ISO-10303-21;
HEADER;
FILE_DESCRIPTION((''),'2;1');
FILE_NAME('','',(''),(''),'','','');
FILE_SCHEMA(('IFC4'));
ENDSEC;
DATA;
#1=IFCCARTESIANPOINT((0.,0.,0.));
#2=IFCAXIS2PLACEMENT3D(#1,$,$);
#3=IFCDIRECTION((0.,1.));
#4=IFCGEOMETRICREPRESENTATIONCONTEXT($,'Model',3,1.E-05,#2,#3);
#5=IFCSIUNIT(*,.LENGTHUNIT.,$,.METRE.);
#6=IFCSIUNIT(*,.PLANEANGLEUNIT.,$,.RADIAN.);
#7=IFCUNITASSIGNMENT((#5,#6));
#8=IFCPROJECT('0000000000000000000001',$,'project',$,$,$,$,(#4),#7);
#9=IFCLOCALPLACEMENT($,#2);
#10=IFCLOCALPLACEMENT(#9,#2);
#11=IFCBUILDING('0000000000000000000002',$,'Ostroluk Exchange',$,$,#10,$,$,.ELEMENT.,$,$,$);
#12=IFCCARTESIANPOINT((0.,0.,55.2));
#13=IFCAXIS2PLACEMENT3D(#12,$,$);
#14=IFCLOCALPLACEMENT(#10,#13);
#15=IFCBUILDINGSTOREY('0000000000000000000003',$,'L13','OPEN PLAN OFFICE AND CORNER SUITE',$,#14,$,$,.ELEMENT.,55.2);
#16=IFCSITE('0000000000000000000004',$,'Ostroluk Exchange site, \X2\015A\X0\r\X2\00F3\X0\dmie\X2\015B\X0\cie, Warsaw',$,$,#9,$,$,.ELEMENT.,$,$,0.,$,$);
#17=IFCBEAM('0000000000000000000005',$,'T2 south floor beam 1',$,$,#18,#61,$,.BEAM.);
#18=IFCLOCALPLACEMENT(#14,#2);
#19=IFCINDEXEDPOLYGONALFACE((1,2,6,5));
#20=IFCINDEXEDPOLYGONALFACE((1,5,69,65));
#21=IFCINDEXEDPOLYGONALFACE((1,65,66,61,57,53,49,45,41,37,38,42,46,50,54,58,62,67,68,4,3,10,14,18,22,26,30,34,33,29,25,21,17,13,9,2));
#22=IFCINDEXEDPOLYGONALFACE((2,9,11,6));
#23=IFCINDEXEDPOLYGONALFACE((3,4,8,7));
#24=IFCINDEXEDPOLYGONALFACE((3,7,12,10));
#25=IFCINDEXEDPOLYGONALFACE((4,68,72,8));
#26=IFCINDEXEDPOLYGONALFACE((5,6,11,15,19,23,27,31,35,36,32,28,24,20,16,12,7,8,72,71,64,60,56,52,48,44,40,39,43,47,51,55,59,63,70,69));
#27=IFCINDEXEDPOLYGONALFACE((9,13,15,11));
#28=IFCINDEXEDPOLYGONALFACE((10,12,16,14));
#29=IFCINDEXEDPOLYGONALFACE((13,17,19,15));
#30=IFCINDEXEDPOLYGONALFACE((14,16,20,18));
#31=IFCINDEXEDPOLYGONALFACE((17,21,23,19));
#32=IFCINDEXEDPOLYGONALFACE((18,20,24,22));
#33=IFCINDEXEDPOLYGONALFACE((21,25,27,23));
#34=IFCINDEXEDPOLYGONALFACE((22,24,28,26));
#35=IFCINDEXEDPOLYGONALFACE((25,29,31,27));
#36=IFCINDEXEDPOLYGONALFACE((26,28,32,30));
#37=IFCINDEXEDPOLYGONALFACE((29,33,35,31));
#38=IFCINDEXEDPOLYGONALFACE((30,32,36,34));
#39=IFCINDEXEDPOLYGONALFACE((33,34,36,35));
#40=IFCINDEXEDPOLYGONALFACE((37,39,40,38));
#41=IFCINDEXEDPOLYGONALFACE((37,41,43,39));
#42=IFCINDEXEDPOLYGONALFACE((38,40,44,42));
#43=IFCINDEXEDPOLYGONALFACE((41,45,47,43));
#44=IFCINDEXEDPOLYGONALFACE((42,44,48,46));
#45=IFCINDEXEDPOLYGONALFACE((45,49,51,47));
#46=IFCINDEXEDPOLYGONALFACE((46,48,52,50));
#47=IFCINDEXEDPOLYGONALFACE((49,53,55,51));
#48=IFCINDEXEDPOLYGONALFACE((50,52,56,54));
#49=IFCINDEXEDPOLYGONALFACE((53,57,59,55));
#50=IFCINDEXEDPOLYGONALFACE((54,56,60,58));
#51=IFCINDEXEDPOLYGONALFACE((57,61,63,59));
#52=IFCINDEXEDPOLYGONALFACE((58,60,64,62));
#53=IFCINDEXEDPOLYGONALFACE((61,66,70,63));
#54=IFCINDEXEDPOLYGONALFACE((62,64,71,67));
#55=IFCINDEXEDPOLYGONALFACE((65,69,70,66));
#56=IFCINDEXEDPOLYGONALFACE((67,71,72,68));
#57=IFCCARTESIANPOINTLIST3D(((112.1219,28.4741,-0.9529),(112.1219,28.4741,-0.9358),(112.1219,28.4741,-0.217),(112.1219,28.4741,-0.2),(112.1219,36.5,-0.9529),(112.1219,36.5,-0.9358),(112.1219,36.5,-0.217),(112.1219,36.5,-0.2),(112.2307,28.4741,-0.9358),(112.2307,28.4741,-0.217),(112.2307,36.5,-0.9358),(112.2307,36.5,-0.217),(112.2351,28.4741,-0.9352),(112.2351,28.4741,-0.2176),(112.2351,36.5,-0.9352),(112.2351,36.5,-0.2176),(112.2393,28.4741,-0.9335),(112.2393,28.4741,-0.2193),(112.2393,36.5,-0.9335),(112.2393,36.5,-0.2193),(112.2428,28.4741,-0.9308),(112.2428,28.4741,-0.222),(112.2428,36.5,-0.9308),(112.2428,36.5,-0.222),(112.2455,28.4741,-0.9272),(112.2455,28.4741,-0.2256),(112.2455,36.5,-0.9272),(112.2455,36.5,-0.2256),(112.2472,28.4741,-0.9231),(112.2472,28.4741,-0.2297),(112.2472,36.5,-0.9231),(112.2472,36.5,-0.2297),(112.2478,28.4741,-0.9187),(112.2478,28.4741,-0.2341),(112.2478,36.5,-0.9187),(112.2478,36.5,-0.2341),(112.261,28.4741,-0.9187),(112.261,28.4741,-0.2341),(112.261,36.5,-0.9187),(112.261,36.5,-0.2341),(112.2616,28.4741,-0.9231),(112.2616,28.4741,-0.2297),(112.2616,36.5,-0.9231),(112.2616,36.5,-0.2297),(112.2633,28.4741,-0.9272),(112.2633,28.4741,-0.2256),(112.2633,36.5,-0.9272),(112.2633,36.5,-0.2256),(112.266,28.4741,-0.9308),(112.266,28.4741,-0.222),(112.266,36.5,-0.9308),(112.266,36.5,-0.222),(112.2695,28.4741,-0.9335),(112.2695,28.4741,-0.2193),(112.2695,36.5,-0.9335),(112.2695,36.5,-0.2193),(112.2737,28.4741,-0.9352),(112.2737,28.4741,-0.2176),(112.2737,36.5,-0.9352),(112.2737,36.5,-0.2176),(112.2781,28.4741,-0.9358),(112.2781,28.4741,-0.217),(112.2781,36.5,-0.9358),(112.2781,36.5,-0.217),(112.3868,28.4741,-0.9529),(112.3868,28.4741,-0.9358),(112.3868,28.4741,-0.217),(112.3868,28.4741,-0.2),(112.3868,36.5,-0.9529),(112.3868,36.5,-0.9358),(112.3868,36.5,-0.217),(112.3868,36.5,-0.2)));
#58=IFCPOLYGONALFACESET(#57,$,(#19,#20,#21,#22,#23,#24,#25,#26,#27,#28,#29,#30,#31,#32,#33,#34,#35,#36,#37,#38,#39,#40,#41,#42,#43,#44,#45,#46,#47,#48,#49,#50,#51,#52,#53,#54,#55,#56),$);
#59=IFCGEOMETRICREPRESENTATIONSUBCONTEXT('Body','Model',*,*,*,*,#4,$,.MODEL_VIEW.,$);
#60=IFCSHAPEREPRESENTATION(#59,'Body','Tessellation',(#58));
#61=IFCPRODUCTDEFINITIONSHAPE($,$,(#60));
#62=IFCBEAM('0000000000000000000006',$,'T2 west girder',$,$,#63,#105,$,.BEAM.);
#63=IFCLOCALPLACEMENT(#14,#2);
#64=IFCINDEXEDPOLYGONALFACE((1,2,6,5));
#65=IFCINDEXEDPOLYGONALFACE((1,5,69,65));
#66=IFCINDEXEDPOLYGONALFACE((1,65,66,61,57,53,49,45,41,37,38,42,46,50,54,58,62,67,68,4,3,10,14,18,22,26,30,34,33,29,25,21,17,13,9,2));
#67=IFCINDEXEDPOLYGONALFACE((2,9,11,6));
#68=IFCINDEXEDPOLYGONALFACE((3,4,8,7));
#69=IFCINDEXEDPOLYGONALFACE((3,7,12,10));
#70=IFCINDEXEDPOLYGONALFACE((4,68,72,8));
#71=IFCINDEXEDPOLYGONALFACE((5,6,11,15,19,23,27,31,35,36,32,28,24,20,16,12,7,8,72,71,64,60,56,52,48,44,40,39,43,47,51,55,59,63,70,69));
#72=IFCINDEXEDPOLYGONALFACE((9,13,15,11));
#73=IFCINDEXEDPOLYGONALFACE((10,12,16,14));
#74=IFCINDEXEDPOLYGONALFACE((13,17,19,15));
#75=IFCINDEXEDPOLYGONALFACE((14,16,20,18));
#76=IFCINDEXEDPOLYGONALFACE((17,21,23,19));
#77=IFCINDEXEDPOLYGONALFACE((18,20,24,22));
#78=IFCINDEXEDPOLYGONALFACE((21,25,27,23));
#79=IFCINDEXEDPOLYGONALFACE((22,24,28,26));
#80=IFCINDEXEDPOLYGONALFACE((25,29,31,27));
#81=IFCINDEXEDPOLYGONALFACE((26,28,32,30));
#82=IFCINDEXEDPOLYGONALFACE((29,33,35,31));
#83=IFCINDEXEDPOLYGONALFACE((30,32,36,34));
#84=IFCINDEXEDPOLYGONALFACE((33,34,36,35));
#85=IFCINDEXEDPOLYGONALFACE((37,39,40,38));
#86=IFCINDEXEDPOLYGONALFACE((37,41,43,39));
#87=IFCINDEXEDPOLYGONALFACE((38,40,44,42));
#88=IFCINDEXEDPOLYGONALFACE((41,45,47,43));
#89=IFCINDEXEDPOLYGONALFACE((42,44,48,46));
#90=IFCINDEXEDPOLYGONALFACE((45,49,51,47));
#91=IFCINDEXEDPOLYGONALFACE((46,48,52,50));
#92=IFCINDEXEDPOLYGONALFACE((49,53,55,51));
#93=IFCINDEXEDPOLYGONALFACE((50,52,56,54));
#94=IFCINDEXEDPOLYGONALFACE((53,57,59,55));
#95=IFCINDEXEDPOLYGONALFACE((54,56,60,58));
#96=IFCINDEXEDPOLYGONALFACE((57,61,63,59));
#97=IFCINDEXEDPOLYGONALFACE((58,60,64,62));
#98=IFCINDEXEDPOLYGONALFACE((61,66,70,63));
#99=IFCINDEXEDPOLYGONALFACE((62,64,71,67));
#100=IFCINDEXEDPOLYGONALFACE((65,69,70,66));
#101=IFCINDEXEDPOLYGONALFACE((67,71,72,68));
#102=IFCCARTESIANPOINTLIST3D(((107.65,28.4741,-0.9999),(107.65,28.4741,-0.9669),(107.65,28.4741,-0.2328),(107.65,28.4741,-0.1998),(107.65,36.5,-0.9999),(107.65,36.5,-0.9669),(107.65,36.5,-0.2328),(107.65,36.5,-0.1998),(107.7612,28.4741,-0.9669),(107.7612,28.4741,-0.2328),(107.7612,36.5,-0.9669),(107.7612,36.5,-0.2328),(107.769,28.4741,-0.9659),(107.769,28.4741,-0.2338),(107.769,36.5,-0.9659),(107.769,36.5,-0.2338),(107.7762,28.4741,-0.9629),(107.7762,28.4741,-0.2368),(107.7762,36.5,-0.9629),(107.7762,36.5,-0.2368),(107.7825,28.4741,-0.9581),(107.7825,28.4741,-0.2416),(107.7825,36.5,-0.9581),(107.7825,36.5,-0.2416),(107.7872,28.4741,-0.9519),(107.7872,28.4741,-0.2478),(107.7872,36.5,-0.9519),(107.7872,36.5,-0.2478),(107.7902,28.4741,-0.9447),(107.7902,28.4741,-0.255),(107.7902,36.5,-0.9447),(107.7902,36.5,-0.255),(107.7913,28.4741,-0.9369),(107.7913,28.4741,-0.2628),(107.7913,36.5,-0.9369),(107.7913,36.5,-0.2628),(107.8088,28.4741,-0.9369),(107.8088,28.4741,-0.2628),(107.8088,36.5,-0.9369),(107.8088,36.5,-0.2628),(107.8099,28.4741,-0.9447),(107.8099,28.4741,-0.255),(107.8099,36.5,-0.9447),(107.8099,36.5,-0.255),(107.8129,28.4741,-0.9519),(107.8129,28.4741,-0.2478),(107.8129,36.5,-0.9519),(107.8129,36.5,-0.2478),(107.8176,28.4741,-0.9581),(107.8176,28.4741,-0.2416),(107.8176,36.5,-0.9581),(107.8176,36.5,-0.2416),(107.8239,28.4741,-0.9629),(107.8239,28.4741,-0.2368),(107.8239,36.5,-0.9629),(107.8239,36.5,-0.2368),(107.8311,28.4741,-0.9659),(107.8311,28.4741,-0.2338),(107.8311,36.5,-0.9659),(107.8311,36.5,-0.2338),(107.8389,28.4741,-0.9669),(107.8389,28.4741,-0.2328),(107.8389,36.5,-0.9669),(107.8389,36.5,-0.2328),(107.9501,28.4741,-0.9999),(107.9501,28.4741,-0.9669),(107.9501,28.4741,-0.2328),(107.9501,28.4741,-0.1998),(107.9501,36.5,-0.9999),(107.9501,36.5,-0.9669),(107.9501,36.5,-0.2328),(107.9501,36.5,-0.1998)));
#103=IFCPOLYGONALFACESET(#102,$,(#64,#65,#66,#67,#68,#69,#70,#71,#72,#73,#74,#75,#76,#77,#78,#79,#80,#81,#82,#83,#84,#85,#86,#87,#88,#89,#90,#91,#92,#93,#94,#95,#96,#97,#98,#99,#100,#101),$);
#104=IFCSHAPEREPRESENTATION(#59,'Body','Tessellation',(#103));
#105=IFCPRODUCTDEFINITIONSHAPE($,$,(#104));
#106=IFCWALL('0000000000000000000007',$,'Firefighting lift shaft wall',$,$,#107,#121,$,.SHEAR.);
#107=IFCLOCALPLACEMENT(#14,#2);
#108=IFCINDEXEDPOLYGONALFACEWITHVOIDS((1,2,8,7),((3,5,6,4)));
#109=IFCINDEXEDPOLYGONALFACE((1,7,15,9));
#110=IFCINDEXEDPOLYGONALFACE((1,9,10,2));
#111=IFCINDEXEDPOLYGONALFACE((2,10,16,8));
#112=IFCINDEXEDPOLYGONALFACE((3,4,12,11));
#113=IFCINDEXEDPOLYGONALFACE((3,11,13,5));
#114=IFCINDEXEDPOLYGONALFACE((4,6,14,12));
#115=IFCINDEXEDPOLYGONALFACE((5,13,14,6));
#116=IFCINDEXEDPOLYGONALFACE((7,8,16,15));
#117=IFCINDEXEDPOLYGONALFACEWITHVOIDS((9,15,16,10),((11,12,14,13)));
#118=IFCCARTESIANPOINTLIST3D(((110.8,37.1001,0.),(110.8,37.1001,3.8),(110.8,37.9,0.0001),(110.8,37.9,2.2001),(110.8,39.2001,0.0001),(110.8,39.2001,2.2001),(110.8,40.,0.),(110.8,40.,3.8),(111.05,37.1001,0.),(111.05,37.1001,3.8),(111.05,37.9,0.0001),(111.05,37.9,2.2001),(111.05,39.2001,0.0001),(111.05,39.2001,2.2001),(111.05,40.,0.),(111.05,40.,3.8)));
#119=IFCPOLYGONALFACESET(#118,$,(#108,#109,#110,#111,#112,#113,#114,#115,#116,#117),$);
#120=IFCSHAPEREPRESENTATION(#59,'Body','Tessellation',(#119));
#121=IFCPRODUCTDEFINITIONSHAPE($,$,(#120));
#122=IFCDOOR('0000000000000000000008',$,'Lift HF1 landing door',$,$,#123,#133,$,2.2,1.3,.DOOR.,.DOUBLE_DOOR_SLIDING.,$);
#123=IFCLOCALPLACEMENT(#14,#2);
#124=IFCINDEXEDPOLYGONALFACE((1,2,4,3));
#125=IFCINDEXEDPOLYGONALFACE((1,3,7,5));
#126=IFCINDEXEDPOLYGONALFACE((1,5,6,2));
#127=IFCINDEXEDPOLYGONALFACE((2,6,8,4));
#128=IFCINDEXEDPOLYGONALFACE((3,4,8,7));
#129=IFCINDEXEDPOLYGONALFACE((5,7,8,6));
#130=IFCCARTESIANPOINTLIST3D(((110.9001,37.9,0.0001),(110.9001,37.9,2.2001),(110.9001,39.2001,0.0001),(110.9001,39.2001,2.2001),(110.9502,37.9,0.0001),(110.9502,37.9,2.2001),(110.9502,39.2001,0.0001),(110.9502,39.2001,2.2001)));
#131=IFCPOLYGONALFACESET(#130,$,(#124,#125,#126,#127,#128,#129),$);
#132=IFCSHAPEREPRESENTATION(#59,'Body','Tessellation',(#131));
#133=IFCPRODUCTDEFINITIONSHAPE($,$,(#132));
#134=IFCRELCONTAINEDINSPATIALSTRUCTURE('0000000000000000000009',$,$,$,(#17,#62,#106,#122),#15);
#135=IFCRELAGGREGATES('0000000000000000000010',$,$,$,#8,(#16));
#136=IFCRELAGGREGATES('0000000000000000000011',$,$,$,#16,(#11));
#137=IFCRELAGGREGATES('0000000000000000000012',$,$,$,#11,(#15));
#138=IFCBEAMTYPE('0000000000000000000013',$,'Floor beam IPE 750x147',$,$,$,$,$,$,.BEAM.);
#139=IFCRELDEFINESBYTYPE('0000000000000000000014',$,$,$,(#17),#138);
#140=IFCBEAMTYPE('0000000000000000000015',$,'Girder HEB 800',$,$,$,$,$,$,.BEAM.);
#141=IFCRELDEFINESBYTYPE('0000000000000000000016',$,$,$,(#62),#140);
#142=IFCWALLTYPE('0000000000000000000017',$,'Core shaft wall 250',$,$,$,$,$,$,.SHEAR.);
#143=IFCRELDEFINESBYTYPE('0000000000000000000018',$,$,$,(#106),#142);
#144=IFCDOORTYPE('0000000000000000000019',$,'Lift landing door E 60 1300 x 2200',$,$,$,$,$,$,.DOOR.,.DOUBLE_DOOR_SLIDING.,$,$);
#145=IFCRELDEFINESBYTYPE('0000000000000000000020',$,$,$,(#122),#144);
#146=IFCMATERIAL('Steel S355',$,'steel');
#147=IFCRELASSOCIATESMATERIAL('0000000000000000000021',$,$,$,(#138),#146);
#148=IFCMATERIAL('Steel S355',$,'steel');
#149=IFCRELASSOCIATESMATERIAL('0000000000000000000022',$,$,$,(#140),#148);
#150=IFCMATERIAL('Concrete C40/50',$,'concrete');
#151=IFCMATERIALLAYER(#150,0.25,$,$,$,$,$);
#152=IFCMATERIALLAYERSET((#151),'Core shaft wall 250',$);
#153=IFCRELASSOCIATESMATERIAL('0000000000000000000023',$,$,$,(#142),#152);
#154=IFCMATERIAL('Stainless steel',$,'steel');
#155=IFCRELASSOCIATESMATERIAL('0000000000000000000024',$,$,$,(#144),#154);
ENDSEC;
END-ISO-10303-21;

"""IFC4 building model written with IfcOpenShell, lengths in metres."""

from ifc_helpers import new_model, si_unit, direction, frame, frame_2d, origin, origin_2d, place, context, subcontext, project, spatial, rectangle, i_section, extrude, material, layer, layer_set, material_profile, profile_set, type_object, element, fill, save


model = new_model("IFC4")

# Units and contexts
model_context = context("Model", 3, precision=1e-05, world=origin(), true_north=direction((0.0, 1.0)))
body_context = subcontext(model_context, "Body", "Model", "MODEL_VIEW")
ifc_project = project(units=[si_unit("LENGTHUNIT", "METRE"), si_unit("PLANEANGLEUNIT", "RADIAN")], contexts=[model_context])

# Site, building, storey
site_placement = place(None, origin())
site = spatial("IfcSite", under=ifc_project, at=site_placement, Name="Ostroluk Exchange site, Śródmieście, Warsaw", CompositionType="ELEMENT", RefElevation=0.0)
building_placement = place(site_placement, origin())
building = spatial("IfcBuilding", under=site, at=building_placement, Name="Ostroluk Exchange", CompositionType="ELEMENT")
storey_placement = place(building_placement, frame((0.0, 0.0, 55.2)))
storey = spatial("IfcBuildingStorey", under=building, at=storey_placement, Name="L13", Description="OPEN PLAN OFFICE AND CORNER SUITE", CompositionType="ELEMENT", Elevation=55.2)

# Beams
ifc_material_1 = material(Name="Steel S355", Category="steel")
ifc_material_profile_1 = material_profile(ifc_material_1, i_section(OverallWidth=0.2649, OverallDepth=0.7529, WebThickness=0.0132, FlangeThickness=0.0171, FilletRadius=0.0171, at=origin_2d()), Name="IPE 750x147")
ifc_profile_set_1 = profile_set([ifc_material_profile_1], Name="Steel S355")
beam_type_1 = type_object("IfcBeamType", Name="Floor beam IPE 750x147", PredefinedType="BEAM", material=ifc_profile_set_1)
beam_1_placement = place(storey_placement, frame((112.2544, 36.5, -0.5764), z_axis=(0.0, -1.0, 0.0), x_axis=(1.0, 0.0, 0.0)))
element("IfcBeam", 1, at=beam_1_placement, inside=storey, type_object=beam_type_1, Name="T2 south floor beam 1", PredefinedType="BEAM", context=body_context, shape_type="SweptSolid", body=[
    extrude(i_section(OverallWidth=0.2649, OverallDepth=0.7529, WebThickness=0.0132, FlangeThickness=0.0171, FilletRadius=0.0171, at=origin_2d()), origin(), (0.0, 0.0, 1.0), 8.0259),
])
ifc_material_2 = material(Name="Steel S355", Category="steel")
ifc_material_profile_2 = material_profile(ifc_material_2, i_section(OverallWidth=0.3, OverallDepth=0.8, WebThickness=0.0176, FlangeThickness=0.033, FilletRadius=0.03, at=origin_2d()), Name="HEB 800")
ifc_profile_set_2 = profile_set([ifc_material_profile_2], Name="Steel S355")
beam_type_2 = type_object("IfcBeamType", Name="Girder HEB 800", PredefinedType="BEAM", material=ifc_profile_set_2)
beam_2_placement = place(storey_placement, frame((107.8, 36.5, -0.5999), z_axis=(0.0, -1.0, 0.0), x_axis=(1.0, 0.0, 0.0)))
element("IfcBeam", 2, at=beam_2_placement, inside=storey, type_object=beam_type_2, Name="T2 west girder", PredefinedType="BEAM", context=body_context, shape_type="SweptSolid", body=[
    extrude(i_section(OverallWidth=0.3, OverallDepth=0.8, WebThickness=0.0176, FlangeThickness=0.033, FilletRadius=0.03, at=origin_2d()), origin(), (0.0, 0.0, 1.0), 8.0259),
])

# Wall, opening, door
ifc_material_3 = material(Name="Concrete C40/50", Category="concrete")
ifc_layer_1 = layer(ifc_material_3, 0.25)
ifc_layer_set_1 = layer_set([ifc_layer_1], Name="Core shaft wall 250")
wall_type_1 = type_object("IfcWallType", Name="Core shaft wall 250", PredefinedType="SHEAR", material=ifc_layer_set_1)
wall_1_placement = place(storey_placement, frame((110.925, 37.1001, 0.0), z_axis=(0.0, 0.0, 1.0), x_axis=(0.0, 1.0, 0.0)))
wall_1 = element("IfcWall", 3, at=wall_1_placement, inside=storey, type_object=wall_type_1, Name="Firefighting lift shaft wall", PredefinedType="SHEAR", context=body_context, shape_type="SweptSolid", body=[
    extrude(rectangle(XDim=2.8999, YDim=0.25, at=frame_2d((1.45, 0.0))), origin(), (0.0, 0.0, 1.0), 3.8),
])
opening_1_placement = place(wall_1_placement, frame((0.8, 0.0, 0.0)))
opening_1 = element("IfcOpeningElement", 4, at=opening_1_placement, cuts=wall_1, PredefinedType="OPENING", context=body_context, shape_type="SweptSolid", body=[
    extrude(rectangle(XDim=1.3, YDim=2.2, at=frame_2d((0.6499, 1.1001))), frame((0.0, 0.135, 0.0), z_axis=(0.0, -1.0, 0.0), x_axis=(1.0, 0.0, 0.0)), (0.0, 0.0, 1.0), 0.27),
])
ifc_material_4 = material(Name="Stainless steel", Category="steel")
door_type_1 = type_object("IfcDoorType", Name="Lift landing door E 60 1300 x 2200", OperationType="DOUBLE_DOOR_SLIDING", PredefinedType="DOOR", material=ifc_material_4)
door_1_placement = place(opening_1_placement, origin())
door_1 = element("IfcDoor", 5, at=door_1_placement, inside=storey, type_object=door_type_1, Name="Lift HF1 landing door", OperationType="DOUBLE_DOOR_SLIDING", OverallHeight=2.2, OverallWidth=1.3, PredefinedType="DOOR", context=body_context, shape_type="SweptSolid", body=[
    extrude(rectangle(XDim=1.3, YDim=2.2, at=frame_2d((0.6499, 1.1001))), frame((0.0, 0.0249, 0.0), z_axis=(0.0, -1.0, 0.0), x_axis=(1.0, 0.0, 0.0)), (0.0, 0.0, 1.0), 0.05),
])
fill(opening_1, door_1)

save(model, "model.ifc")
